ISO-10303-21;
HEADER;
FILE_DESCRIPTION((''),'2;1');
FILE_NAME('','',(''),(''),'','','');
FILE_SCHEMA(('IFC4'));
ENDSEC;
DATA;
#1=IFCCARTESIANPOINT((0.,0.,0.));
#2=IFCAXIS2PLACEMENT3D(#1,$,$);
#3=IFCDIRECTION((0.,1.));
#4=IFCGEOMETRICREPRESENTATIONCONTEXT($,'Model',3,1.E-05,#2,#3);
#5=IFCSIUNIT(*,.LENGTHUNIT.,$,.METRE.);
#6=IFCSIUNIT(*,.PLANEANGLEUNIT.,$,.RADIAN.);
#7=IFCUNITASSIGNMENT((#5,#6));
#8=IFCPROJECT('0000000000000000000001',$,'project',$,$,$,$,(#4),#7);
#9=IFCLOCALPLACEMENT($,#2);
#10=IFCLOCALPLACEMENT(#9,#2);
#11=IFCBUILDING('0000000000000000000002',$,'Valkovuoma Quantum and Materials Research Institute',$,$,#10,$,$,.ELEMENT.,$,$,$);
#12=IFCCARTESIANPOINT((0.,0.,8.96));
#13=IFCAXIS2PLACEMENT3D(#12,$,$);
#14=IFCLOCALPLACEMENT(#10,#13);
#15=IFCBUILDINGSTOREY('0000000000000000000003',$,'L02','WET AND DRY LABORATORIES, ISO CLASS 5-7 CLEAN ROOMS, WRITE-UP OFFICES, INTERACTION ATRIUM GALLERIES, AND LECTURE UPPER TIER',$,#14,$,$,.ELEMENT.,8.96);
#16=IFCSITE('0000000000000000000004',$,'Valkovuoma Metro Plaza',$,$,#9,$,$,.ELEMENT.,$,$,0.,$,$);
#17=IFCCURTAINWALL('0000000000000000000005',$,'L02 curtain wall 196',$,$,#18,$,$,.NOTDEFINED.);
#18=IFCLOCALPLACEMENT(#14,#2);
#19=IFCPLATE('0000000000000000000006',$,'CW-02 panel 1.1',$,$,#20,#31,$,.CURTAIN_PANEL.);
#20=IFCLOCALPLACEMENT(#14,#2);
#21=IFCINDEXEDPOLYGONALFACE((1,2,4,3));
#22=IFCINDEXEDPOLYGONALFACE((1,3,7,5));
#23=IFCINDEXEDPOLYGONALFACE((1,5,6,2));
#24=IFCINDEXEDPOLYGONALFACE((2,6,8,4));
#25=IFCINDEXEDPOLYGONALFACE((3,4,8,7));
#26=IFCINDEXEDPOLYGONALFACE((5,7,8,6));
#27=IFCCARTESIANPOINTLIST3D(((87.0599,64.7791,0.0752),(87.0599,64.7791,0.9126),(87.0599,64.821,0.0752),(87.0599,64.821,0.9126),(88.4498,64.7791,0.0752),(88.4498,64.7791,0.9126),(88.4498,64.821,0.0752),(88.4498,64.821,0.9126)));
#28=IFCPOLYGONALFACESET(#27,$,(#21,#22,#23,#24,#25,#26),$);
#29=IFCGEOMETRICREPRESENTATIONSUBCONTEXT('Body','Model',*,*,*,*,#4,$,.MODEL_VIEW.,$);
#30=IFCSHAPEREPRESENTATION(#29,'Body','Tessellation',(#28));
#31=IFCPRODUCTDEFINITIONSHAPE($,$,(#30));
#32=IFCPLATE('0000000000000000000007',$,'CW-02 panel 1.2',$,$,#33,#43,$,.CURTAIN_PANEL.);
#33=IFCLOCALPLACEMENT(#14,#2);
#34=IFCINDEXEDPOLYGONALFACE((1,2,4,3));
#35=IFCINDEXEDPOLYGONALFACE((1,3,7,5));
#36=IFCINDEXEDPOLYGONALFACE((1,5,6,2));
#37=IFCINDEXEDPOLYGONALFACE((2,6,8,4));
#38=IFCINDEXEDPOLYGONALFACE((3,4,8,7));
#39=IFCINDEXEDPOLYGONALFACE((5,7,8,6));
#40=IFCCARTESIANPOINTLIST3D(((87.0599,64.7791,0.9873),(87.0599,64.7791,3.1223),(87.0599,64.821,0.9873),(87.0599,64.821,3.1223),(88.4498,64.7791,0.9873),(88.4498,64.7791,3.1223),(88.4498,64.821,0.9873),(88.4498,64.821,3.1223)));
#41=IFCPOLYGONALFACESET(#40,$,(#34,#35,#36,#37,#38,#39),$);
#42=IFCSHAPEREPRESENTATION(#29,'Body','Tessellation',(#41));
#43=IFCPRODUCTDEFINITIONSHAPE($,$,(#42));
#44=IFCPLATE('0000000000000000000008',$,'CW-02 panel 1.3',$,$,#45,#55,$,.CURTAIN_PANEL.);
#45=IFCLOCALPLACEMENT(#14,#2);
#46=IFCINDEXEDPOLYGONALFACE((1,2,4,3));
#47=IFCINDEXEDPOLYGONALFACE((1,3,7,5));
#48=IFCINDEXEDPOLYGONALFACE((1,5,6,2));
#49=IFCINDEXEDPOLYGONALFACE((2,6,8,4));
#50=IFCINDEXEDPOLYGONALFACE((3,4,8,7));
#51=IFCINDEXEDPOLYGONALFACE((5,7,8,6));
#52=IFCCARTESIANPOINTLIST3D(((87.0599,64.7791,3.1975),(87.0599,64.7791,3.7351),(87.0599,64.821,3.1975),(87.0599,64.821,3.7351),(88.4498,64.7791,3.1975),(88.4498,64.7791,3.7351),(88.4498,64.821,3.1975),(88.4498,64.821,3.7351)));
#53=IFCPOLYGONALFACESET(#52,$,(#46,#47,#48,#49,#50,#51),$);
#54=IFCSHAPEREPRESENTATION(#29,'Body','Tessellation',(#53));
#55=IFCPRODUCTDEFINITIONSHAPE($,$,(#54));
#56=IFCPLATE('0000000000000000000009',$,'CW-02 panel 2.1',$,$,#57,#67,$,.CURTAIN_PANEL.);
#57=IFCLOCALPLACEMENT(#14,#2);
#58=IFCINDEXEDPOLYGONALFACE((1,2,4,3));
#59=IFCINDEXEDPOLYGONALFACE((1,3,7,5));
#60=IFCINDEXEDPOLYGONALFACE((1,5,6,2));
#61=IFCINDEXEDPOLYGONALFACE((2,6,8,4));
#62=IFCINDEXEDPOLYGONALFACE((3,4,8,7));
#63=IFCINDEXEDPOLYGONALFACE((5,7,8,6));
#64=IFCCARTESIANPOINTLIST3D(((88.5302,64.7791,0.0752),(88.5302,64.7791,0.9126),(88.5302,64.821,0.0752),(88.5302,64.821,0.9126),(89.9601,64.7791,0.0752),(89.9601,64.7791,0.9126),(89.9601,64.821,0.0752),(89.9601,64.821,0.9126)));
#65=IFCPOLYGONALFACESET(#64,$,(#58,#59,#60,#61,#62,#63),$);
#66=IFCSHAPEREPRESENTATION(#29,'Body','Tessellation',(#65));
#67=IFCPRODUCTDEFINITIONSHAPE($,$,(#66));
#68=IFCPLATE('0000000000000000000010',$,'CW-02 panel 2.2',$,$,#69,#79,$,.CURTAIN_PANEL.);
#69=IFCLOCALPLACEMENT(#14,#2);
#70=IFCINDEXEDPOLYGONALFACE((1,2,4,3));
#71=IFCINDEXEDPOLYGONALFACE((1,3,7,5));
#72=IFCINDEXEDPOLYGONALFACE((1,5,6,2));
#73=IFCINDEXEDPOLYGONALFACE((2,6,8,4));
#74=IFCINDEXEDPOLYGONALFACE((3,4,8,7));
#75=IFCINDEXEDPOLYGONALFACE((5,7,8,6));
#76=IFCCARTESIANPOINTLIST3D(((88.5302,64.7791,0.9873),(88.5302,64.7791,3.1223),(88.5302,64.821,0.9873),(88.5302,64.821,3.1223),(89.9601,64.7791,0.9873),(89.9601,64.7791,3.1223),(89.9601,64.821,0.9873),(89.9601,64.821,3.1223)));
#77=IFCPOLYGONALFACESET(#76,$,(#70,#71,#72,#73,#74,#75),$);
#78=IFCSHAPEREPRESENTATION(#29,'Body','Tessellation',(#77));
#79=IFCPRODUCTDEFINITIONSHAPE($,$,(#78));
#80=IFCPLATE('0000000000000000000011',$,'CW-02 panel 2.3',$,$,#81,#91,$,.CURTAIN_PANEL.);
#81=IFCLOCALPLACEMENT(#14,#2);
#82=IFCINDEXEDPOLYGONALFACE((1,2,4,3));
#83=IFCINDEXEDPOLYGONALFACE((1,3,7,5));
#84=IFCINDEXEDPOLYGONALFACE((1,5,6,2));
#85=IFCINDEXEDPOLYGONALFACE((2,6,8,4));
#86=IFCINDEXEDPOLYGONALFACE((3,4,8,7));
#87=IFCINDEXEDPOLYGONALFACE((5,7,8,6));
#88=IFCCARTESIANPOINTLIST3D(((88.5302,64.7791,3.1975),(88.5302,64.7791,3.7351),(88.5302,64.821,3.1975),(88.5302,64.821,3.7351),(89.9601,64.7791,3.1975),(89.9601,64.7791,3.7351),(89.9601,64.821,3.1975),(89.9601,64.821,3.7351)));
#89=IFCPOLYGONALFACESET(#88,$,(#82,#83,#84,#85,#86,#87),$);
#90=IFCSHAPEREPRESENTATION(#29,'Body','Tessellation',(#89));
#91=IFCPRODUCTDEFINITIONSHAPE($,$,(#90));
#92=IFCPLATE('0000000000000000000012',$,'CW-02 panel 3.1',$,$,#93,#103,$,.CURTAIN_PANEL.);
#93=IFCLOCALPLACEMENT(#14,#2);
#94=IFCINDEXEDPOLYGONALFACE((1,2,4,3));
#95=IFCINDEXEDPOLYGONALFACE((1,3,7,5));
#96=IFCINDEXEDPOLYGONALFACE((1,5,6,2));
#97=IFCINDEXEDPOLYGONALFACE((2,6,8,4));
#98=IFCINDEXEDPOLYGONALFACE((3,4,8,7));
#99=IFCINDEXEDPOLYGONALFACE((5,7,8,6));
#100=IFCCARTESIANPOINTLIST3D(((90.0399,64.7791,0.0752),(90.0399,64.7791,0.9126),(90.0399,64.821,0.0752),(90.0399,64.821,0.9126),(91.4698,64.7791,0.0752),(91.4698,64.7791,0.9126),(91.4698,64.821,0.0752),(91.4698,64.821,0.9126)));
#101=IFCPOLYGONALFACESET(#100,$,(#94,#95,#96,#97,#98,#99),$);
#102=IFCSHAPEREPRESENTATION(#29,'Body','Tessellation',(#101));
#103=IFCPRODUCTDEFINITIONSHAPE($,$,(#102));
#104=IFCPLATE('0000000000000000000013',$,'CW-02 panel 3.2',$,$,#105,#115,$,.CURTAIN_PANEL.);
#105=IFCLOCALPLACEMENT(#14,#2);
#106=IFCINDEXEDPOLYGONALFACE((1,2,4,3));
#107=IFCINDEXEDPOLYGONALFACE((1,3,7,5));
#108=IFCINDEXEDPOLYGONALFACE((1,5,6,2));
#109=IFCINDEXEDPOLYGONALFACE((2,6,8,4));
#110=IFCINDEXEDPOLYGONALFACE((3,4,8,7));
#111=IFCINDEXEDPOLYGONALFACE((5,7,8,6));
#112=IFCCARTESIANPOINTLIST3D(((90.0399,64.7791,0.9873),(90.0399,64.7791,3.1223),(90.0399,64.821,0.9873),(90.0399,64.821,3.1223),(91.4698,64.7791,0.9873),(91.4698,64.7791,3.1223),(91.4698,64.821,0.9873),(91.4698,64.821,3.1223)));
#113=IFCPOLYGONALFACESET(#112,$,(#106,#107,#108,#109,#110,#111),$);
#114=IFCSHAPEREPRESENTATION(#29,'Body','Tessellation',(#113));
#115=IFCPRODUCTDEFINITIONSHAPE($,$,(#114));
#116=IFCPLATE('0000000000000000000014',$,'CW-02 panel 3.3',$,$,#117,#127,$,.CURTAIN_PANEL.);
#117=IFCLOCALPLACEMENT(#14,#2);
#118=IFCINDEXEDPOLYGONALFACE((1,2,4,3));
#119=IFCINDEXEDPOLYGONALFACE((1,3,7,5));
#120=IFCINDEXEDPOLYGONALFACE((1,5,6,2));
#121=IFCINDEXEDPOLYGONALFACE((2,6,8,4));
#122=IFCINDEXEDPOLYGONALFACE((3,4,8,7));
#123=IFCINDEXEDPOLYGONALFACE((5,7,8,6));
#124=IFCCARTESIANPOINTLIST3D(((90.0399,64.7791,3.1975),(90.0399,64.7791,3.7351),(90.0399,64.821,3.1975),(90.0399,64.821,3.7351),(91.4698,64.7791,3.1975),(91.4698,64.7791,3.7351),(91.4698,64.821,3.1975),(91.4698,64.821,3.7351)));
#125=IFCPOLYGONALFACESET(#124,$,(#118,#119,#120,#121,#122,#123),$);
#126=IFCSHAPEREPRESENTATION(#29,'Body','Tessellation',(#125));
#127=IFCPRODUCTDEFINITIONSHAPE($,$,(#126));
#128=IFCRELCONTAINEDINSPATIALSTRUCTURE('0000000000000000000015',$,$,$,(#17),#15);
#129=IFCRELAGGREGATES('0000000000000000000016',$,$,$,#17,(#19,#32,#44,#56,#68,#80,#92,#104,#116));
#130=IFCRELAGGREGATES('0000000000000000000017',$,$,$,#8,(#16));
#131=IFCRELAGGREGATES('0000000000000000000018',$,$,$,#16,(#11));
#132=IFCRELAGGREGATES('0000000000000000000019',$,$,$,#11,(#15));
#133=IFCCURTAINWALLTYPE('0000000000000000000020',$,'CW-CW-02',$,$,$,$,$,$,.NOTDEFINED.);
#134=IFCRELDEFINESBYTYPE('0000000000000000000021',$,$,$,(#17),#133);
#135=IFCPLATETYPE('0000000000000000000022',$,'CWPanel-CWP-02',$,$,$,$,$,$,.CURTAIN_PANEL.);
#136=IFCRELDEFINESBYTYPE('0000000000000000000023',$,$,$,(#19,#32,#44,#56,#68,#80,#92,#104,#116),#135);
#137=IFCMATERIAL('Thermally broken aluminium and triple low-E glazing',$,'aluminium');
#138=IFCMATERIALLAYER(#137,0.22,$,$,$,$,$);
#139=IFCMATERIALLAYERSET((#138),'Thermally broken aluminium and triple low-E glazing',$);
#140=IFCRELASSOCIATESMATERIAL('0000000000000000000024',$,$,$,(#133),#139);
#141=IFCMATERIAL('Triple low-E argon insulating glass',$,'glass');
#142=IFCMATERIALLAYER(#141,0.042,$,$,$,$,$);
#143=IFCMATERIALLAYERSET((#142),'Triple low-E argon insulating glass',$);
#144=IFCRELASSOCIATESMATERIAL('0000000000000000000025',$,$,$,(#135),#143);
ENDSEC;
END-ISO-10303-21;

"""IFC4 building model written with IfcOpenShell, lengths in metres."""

from ifc_helpers import new_model, si_unit, direction, frame, origin, origin_2d, place, context, subcontext, project, spatial, rectangle, extrude, material, layer, layer_set, type_object, element, aggregate, save


model = new_model("IFC4")

# Units and contexts
model_context = context("Model", 3, precision=1e-05, world=origin(), true_north=direction((0.0, 1.0)))
body_context = subcontext(model_context, "Body", "Model", "MODEL_VIEW")
ifc_project = project(units=[si_unit("LENGTHUNIT", "METRE"), si_unit("PLANEANGLEUNIT", "RADIAN")], contexts=[model_context])

# Site, building, storey
site_placement = place(None, origin())
site = spatial("IfcSite", under=ifc_project, at=site_placement, Name="Valkovuoma Metro Plaza", CompositionType="ELEMENT", RefElevation=0.0)
building_placement = place(site_placement, origin())
building = spatial("IfcBuilding", under=site, at=building_placement, Name="Valkovuoma Quantum and Materials Research Institute", CompositionType="ELEMENT")
storey_placement = place(building_placement, frame((0.0, 0.0, 8.96)))
storey = spatial("IfcBuildingStorey", under=building, at=storey_placement, Name="L02", Description="WET AND DRY LABORATORIES, ISO CLASS 5-7 CLEAN ROOMS, WRITE-UP OFFICES, INTERACTION ATRIUM GALLERIES, AND LECTURE UPPER TIER", CompositionType="ELEMENT", Elevation=8.96)

# Shared definitions
ifc_material_1 = material(Name="Thermally broken aluminium and triple low-E glazing", Category="aluminium")
ifc_layer_1 = layer(ifc_material_1, 0.22)
ifc_layer_set_1 = layer_set([ifc_layer_1], Name="Thermally broken aluminium and triple low-E glazing")
curtain_wall_type = type_object("IfcCurtainWallType", Name="CW-CW-02", PredefinedType="NOTDEFINED", material=ifc_layer_set_1)

# Curtain wall
curtain_wall_1_placement = place(storey_placement, origin())
curtain_wall_1 = element("IfcCurtainWall", 1, at=curtain_wall_1_placement, inside=storey, type_object=curtain_wall_type, Name="L02 curtain wall 196", PredefinedType="NOTDEFINED")

# Plates
ifc_material_2 = material(Name="Triple low-E argon insulating glass", Category="glass")
ifc_layer_2 = layer(ifc_material_2, 0.042)
ifc_layer_set_2 = layer_set([ifc_layer_2], Name="Triple low-E argon insulating glass")
plate_type = type_object("IfcPlateType", Name="CWPanel-CWP-02", PredefinedType="CURTAIN_PANEL", material=ifc_layer_set_2)
plate_1_placement = place(storey_placement, frame((87.7549, 64.8, 0.0752), z_axis=(0.0, 0.0, 1.0), x_axis=(1.0, 0.0, 0.0)))
plate_1 = element("IfcPlate", 2, at=plate_1_placement, type_object=plate_type, Name="CW-02 panel 1.1", PredefinedType="CURTAIN_PANEL", context=body_context, shape_type="SweptSolid", body=[
    extrude(rectangle(XDim=1.3899, YDim=0.042, at=origin_2d()), origin(), (0.0, 0.0, 1.0), 0.8374),
])
plate_2_placement = place(storey_placement, frame((87.7549, 64.8, 0.9873), z_axis=(0.0, 0.0, 1.0), x_axis=(1.0, 0.0, 0.0)))
plate_2 = element("IfcPlate", 3, at=plate_2_placement, type_object=plate_type, Name="CW-02 panel 1.2", PredefinedType="CURTAIN_PANEL", context=body_context, shape_type="SweptSolid", body=[
    extrude(rectangle(XDim=1.3899, YDim=0.042, at=origin_2d()), origin(), (0.0, 0.0, 1.0), 2.135),
])
plate_3_placement = place(storey_placement, frame((87.7549, 64.8, 3.1975), z_axis=(0.0, 0.0, 1.0), x_axis=(1.0, 0.0, 0.0)))
plate_3 = element("IfcPlate", 4, at=plate_3_placement, type_object=plate_type, Name="CW-02 panel 1.3", PredefinedType="CURTAIN_PANEL", context=body_context, shape_type="SweptSolid", body=[
    extrude(rectangle(XDim=1.3899, YDim=0.042, at=origin_2d()), origin(), (0.0, 0.0, 1.0), 0.5376),
])
plate_4_placement = place(storey_placement, frame((89.2451, 64.8, 0.0752), z_axis=(0.0, 0.0, 1.0), x_axis=(1.0, 0.0, 0.0)))
plate_4 = element("IfcPlate", 5, at=plate_4_placement, type_object=plate_type, Name="CW-02 panel 2.1", PredefinedType="CURTAIN_PANEL", context=body_context, shape_type="SweptSolid", body=[
    extrude(rectangle(XDim=1.4299, YDim=0.042, at=origin_2d()), origin(), (0.0, 0.0, 1.0), 0.8374),
])
plate_5_placement = place(storey_placement, frame((89.2451, 64.8, 0.9873), z_axis=(0.0, 0.0, 1.0), x_axis=(1.0, 0.0, 0.0)))
plate_5 = element("IfcPlate", 6, at=plate_5_placement, type_object=plate_type, Name="CW-02 panel 2.2", PredefinedType="CURTAIN_PANEL", context=body_context, shape_type="SweptSolid", body=[
    extrude(rectangle(XDim=1.4299, YDim=0.042, at=origin_2d()), origin(), (0.0, 0.0, 1.0), 2.135),
])
plate_6_placement = place(storey_placement, frame((89.2451, 64.8, 3.1975), z_axis=(0.0, 0.0, 1.0), x_axis=(1.0, 0.0, 0.0)))
plate_6 = element("IfcPlate", 7, at=plate_6_placement, type_object=plate_type, Name="CW-02 panel 2.3", PredefinedType="CURTAIN_PANEL", context=body_context, shape_type="SweptSolid", body=[
    extrude(rectangle(XDim=1.4299, YDim=0.042, at=origin_2d()), origin(), (0.0, 0.0, 1.0), 0.5376),
])
plate_7_placement = place(storey_placement, frame((90.7549, 64.8, 0.0752), z_axis=(0.0, 0.0, 1.0), x_axis=(1.0, 0.0, 0.0)))
plate_7 = element("IfcPlate", 8, at=plate_7_placement, type_object=plate_type, Name="CW-02 panel 3.1", PredefinedType="CURTAIN_PANEL", context=body_context, shape_type="SweptSolid", body=[
    extrude(rectangle(XDim=1.4299, YDim=0.042, at=origin_2d()), origin(), (0.0, 0.0, 1.0), 0.8374),
])
plate_8_placement = place(storey_placement, frame((90.7549, 64.8, 0.9873), z_axis=(0.0, 0.0, 1.0), x_axis=(1.0, 0.0, 0.0)))
plate_8 = element("IfcPlate", 9, at=plate_8_placement, type_object=plate_type, Name="CW-02 panel 3.2", PredefinedType="CURTAIN_PANEL", context=body_context, shape_type="SweptSolid", body=[
    extrude(rectangle(XDim=1.4299, YDim=0.042, at=origin_2d()), origin(), (0.0, 0.0, 1.0), 2.135),
])
plate_9_placement = place(storey_placement, frame((90.7549, 64.8, 3.1975), z_axis=(0.0, 0.0, 1.0), x_axis=(1.0, 0.0, 0.0)))
plate_9 = element("IfcPlate", 10, at=plate_9_placement, type_object=plate_type, Name="CW-02 panel 3.3", PredefinedType="CURTAIN_PANEL", context=body_context, shape_type="SweptSolid", body=[
    extrude(rectangle(XDim=1.4299, YDim=0.042, at=origin_2d()), origin(), (0.0, 0.0, 1.0), 0.5376),
])
aggregate(curtain_wall_1, [plate_1, plate_2, plate_3, plate_4, plate_5, plate_6, plate_7, plate_8, plate_9])

save(model, "model.ifc")
